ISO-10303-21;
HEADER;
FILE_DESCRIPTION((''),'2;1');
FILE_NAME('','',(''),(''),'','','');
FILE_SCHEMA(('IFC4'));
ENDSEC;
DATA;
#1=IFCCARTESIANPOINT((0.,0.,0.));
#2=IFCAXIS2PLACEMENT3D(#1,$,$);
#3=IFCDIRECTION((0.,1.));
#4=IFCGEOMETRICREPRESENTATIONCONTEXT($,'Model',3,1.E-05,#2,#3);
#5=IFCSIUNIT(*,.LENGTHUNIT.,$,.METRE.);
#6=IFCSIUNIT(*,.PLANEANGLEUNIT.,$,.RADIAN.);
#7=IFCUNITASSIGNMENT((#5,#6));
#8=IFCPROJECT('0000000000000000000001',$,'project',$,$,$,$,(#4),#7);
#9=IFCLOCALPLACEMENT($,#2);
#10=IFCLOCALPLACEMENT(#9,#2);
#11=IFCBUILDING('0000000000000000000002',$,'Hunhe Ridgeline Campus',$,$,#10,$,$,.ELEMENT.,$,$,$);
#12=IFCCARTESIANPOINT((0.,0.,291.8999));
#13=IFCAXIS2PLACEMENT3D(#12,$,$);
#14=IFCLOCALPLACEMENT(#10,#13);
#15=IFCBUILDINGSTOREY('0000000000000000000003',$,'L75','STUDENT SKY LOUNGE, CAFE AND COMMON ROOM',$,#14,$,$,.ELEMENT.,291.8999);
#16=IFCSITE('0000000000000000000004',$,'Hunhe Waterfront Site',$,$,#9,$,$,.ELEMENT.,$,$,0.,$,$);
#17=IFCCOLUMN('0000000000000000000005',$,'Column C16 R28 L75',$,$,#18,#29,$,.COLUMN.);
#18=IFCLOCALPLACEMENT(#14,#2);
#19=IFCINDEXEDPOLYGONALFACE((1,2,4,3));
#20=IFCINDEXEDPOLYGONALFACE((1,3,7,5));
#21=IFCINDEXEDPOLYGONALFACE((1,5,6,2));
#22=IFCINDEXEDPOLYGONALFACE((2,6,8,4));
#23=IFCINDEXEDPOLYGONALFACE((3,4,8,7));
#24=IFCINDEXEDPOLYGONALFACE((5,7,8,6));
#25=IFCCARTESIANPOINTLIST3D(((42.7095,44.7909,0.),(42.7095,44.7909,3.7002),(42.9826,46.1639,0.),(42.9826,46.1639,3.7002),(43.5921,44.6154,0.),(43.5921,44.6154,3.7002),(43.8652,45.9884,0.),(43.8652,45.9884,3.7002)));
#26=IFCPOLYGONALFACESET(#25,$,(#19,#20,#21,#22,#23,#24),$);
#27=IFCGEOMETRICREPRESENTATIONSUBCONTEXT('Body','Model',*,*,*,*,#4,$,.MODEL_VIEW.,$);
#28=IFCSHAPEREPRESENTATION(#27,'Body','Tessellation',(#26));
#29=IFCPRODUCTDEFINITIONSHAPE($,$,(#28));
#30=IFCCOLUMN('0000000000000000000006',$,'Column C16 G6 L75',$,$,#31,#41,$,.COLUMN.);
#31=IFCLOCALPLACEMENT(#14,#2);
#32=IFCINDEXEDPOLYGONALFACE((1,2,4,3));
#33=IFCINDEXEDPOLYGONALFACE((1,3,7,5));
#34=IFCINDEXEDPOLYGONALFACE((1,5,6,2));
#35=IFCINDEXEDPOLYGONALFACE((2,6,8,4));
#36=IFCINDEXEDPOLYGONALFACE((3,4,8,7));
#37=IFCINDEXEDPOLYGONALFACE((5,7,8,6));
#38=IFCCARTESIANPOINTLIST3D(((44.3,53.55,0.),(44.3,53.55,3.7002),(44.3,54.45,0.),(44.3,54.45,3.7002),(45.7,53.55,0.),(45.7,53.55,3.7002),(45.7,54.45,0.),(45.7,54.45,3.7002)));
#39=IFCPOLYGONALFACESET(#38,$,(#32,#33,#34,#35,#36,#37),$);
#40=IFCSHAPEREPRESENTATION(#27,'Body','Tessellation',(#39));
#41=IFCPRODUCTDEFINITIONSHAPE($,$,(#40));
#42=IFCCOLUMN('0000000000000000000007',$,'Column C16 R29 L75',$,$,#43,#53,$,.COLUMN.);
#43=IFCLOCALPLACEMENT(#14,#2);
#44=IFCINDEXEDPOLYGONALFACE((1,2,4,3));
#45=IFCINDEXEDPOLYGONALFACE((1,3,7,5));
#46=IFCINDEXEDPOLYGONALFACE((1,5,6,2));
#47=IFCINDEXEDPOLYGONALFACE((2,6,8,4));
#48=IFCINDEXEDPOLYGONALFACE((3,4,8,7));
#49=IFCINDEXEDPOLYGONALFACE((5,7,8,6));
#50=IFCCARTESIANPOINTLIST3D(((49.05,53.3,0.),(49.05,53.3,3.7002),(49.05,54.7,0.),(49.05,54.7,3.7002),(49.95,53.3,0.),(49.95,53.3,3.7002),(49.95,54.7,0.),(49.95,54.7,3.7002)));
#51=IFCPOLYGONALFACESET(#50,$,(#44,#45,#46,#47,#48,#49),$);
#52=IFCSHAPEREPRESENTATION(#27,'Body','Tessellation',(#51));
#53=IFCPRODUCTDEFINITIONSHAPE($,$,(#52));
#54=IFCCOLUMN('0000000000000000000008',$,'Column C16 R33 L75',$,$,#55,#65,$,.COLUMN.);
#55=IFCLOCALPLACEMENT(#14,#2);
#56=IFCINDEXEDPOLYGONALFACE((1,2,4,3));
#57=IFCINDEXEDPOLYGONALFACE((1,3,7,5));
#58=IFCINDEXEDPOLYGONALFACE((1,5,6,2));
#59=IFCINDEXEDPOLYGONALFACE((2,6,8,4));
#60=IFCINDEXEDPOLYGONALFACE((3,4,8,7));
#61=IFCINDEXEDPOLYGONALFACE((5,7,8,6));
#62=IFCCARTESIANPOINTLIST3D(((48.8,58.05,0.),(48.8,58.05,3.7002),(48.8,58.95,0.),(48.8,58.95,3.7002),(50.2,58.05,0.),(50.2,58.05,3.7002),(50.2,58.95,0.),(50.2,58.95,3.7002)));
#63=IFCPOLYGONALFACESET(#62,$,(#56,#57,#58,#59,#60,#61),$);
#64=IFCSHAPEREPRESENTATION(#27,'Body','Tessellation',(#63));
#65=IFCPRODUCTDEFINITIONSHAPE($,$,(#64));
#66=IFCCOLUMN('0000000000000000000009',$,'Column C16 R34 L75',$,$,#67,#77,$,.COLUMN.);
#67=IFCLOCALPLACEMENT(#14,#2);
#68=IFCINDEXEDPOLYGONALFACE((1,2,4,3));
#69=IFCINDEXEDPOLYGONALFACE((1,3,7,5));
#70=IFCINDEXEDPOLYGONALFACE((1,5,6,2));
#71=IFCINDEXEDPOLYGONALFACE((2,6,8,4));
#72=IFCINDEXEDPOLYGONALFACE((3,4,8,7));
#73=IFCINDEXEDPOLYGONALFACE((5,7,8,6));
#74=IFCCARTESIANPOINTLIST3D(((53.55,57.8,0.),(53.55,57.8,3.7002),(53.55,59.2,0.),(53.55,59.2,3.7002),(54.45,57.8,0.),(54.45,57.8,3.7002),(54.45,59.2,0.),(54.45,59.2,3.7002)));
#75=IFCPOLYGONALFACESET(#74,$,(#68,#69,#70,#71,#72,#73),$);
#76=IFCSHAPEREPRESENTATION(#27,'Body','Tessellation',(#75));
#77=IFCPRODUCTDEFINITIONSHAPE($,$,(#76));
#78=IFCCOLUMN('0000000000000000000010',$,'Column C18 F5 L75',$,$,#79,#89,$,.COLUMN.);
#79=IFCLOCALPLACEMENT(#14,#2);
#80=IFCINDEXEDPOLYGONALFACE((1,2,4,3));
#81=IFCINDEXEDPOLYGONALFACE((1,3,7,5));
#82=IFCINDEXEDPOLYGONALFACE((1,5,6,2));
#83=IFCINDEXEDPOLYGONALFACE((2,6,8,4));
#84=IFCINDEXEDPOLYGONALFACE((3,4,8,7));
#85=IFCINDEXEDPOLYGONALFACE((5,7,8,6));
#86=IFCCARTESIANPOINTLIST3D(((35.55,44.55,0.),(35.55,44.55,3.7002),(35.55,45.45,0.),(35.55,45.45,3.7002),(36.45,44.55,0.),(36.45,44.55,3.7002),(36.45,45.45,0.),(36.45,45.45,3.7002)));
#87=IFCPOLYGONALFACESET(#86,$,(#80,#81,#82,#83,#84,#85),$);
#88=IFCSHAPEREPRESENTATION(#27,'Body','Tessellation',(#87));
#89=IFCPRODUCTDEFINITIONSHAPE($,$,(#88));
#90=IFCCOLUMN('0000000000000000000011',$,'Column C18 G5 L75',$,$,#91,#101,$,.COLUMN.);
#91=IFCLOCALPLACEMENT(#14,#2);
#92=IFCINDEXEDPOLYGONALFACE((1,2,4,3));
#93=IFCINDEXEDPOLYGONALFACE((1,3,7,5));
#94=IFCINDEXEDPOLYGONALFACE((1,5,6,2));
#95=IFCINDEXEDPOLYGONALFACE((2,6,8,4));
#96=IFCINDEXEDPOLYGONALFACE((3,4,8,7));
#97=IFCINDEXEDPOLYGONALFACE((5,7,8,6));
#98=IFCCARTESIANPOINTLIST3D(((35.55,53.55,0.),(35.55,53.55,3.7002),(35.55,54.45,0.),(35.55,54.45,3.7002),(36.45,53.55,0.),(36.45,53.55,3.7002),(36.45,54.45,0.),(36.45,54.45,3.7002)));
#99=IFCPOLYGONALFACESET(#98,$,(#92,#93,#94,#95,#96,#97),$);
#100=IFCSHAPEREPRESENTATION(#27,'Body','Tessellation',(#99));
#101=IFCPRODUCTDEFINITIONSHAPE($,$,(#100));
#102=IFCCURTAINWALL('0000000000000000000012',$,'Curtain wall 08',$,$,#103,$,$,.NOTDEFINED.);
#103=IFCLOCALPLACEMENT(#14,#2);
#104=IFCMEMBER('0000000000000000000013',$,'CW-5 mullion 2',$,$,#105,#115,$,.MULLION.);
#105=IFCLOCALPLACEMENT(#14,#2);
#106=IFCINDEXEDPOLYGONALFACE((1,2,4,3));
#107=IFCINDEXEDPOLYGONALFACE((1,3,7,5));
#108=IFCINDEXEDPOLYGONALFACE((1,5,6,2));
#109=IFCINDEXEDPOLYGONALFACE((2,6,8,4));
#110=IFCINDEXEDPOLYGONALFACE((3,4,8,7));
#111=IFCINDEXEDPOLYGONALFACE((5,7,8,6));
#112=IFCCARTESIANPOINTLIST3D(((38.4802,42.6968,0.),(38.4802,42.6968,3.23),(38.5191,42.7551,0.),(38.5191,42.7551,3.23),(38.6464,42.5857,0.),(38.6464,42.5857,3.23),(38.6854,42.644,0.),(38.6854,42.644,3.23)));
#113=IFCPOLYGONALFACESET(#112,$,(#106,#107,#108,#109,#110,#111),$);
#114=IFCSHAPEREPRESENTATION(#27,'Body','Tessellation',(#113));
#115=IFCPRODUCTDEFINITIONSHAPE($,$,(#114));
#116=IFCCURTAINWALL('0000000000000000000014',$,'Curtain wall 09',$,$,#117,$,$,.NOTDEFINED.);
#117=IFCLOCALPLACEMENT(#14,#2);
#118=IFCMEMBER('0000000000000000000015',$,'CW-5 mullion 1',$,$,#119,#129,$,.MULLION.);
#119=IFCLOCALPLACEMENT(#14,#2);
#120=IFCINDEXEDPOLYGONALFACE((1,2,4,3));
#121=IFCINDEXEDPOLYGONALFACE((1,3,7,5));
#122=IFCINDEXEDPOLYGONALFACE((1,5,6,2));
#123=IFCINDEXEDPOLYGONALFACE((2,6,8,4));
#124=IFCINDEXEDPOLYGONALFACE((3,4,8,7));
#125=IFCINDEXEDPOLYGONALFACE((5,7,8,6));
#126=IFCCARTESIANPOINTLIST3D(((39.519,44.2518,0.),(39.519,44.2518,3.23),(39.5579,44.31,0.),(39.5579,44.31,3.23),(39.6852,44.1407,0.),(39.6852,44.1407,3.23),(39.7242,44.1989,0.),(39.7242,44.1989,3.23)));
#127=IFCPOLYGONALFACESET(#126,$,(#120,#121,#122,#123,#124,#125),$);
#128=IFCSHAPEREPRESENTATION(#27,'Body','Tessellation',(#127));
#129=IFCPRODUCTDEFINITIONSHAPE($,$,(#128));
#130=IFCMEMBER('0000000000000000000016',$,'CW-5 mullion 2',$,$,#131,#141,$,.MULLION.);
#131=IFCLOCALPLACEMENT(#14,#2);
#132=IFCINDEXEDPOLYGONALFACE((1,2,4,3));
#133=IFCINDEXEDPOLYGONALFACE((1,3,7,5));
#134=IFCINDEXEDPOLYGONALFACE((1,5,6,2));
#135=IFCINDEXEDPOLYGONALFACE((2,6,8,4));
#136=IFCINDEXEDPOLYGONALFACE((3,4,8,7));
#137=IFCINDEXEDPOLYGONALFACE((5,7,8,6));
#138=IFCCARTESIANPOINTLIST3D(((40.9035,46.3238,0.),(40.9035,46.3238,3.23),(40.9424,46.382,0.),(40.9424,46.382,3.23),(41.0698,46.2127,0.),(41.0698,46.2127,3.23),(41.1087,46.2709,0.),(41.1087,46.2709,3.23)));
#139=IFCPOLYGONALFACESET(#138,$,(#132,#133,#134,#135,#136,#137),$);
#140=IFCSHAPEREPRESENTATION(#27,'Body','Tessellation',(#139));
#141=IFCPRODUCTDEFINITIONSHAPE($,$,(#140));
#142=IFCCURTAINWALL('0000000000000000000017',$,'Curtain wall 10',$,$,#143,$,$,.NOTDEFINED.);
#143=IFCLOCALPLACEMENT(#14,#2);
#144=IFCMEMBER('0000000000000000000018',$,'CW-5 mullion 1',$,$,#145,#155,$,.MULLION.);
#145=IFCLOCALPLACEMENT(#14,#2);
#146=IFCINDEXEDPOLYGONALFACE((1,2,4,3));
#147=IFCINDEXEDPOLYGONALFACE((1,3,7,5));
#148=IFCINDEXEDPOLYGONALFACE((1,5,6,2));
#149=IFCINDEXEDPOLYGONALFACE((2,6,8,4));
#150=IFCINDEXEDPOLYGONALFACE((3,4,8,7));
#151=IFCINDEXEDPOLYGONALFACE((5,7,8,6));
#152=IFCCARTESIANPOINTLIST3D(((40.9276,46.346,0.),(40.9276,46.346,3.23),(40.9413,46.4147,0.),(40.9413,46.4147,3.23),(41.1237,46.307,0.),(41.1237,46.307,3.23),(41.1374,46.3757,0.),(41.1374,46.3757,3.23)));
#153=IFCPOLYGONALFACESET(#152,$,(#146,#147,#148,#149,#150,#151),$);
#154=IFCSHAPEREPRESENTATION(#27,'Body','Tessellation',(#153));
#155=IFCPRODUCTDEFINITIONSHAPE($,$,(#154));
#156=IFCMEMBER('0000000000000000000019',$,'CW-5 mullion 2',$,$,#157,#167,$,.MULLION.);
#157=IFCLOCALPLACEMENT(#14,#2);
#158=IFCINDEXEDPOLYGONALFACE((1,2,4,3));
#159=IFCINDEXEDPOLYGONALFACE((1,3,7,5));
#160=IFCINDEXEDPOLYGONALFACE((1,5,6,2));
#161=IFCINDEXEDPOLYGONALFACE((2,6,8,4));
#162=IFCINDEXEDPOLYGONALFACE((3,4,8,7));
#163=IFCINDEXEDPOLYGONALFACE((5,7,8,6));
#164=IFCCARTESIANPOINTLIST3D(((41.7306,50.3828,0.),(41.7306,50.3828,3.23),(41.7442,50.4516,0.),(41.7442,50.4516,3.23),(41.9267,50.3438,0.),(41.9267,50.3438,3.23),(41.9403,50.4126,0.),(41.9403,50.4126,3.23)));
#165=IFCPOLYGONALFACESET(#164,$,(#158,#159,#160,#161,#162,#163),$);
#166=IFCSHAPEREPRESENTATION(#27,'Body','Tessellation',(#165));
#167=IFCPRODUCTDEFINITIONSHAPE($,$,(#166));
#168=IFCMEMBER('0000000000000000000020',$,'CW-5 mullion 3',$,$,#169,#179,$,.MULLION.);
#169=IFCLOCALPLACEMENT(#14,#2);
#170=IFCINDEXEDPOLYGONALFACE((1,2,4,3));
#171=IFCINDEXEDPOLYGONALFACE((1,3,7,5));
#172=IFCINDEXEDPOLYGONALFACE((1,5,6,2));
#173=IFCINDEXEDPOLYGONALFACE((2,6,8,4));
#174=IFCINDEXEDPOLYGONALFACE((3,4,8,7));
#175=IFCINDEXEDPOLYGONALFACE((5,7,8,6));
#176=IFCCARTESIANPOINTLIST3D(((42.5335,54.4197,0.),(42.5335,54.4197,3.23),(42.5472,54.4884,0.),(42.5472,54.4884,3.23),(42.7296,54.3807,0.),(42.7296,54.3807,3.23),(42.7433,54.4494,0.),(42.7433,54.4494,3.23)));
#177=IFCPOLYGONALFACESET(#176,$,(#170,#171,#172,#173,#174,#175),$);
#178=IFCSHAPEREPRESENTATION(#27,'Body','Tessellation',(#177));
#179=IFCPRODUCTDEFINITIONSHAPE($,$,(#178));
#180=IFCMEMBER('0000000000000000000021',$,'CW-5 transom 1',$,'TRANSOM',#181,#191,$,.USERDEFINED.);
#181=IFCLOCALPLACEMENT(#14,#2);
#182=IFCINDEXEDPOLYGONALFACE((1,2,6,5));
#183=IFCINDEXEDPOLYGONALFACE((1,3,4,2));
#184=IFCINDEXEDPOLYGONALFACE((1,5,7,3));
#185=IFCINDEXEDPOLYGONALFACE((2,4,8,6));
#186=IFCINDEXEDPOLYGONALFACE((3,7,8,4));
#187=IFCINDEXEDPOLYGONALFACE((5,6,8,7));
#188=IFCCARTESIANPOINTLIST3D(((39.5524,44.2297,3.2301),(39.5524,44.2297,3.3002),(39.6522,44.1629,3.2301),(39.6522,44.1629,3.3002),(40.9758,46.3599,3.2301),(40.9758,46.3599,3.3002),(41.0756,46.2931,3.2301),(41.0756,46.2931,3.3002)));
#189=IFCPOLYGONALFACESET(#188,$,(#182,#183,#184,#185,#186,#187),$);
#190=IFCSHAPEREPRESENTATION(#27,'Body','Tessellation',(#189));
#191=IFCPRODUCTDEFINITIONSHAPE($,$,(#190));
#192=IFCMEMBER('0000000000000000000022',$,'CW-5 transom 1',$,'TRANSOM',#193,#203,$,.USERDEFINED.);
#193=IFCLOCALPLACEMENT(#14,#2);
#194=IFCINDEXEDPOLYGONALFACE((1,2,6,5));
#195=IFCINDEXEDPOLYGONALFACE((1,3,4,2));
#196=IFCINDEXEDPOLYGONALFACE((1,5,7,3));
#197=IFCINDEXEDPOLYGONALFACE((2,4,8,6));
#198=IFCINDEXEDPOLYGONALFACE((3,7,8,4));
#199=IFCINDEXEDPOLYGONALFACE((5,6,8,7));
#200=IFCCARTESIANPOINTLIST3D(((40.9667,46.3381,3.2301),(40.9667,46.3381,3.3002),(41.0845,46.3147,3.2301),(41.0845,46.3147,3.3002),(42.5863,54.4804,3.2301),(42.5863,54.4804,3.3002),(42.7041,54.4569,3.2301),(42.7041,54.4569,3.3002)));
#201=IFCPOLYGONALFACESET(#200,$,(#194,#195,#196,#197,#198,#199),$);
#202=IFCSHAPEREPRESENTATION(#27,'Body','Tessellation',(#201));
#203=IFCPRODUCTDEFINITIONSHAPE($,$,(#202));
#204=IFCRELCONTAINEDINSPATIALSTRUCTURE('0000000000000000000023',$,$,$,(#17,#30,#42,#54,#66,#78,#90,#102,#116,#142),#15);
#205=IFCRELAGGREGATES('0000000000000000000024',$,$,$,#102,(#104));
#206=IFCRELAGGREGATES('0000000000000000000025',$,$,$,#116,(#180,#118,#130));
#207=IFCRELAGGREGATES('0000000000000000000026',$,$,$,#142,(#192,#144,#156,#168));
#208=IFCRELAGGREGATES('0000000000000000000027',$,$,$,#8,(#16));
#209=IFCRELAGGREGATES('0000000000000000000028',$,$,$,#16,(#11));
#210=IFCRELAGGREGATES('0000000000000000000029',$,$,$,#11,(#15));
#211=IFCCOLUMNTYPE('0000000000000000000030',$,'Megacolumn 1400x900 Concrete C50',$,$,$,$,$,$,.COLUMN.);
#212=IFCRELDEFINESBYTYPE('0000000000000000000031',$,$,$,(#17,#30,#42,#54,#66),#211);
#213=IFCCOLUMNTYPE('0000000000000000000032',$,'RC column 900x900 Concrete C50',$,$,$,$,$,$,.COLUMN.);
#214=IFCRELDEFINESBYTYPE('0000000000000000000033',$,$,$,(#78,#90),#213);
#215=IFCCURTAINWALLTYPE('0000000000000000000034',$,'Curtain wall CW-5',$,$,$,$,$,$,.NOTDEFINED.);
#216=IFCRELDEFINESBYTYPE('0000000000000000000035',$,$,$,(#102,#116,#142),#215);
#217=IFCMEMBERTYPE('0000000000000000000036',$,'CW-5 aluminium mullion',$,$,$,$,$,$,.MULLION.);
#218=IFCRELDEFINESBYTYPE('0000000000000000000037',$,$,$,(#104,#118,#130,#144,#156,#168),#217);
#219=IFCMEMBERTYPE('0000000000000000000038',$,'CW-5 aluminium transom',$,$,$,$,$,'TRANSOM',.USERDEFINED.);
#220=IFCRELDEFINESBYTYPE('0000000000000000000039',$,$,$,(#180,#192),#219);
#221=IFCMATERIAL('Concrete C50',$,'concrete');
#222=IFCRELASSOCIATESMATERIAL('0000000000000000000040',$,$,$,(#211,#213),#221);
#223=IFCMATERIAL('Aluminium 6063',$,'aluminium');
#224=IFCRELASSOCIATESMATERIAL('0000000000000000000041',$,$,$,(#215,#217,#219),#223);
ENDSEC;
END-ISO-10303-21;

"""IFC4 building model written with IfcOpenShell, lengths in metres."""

from ifc_helpers import new_model, si_unit, direction, frame, origin, origin_2d, place, context, subcontext, project, spatial, rectangle, extrude, material, material_profile, profile_set, type_object, element, aggregate, save


model = new_model("IFC4")

# Units and contexts
model_context = context("Model", 3, precision=1e-05, world=origin(), true_north=direction((0.0, 1.0)))
body_context = subcontext(model_context, "Body", "Model", "MODEL_VIEW")
ifc_project = project(units=[si_unit("LENGTHUNIT", "METRE"), si_unit("PLANEANGLEUNIT", "RADIAN")], contexts=[model_context])

# Site, building, storey
site_placement = place(None, origin())
site = spatial("IfcSite", under=ifc_project, at=site_placement, Name="Hunhe Waterfront Site", CompositionType="ELEMENT", RefElevation=0.0)
building_placement = place(site_placement, origin())
building = spatial("IfcBuilding", under=site, at=building_placement, Name="Hunhe Ridgeline Campus", CompositionType="ELEMENT")
storey_placement = place(building_placement, frame((0.0, 0.0, 291.8999)))
storey = spatial("IfcBuildingStorey", under=building, at=storey_placement, Name="L75", Description="STUDENT SKY LOUNGE, CAFE AND COMMON ROOM", CompositionType="ELEMENT", Elevation=291.8999)

# Columns
ifc_material_1 = material(Name="Concrete C50", Category="concrete")
ifc_material_profile_1 = material_profile(ifc_material_1, rectangle(XDim=1.3999, YDim=0.8999, at=origin_2d()))
ifc_profile_set_1 = profile_set([ifc_material_profile_1], Name="Concrete C50")
column_type_1 = type_object("IfcColumnType", Name="Megacolumn 1400x900 Concrete C50", PredefinedType="COLUMN", material=ifc_profile_set_1)
for number, where, z_axis, x_axis, name in (
    (1, (43.2874, 45.3896, 0.0), (0.0, 0.0, 1.0), (0.19509, 0.980785, 0.0), "Column C16 R28 L75"),
    (2, (45.0, 54.0, 0.0), (0.0, 0.0, 1.0), (1.0, 0.0, 0.0), "Column C16 G6 L75"),
    (3, (49.5, 54.0, 0.0), (0.0, 0.0, 1.0), (0.0, 1.0, 0.0), "Column C16 R29 L75"),
    (4, (49.5, 58.5, 0.0), (0.0, 0.0, 1.0), (1.0, 0.0, 0.0), "Column C16 R33 L75"),
    (5, (54.0, 58.5, 0.0), (0.0, 0.0, 1.0), (0.0, 1.0, 0.0), "Column C16 R34 L75"),
):
    element("IfcColumn", number, at=place(storey_placement, frame(where, z_axis=z_axis, x_axis=x_axis)), inside=storey, type_object=column_type_1, Name=name, PredefinedType="COLUMN", context=body_context, shape_type="SweptSolid", body=[
        extrude(rectangle(XDim=1.3999, YDim=0.8999, at=origin_2d()), origin(), (0.0, 0.0, 1.0), 3.7002),
    ])
ifc_material_profile_2 = material_profile(ifc_material_1, rectangle(XDim=0.8999, YDim=0.8999, at=origin_2d()))
ifc_profile_set_2 = profile_set([ifc_material_profile_2], Name="Concrete C50")
column_type_2 = type_object("IfcColumnType", Name="RC column 900x900 Concrete C50", PredefinedType="COLUMN", material=ifc_profile_set_2)
for number, where, z_axis, x_axis, name in (
    (6, (36.0, 45.0, 0.0), (0.0, 0.0, 1.0), (1.0, 0.0, 0.0), "Column C18 F5 L75"),
    (7, (36.0, 54.0, 0.0), (0.0, 0.0, 1.0), (1.0, 0.0, 0.0), "Column C18 G5 L75"),
):
    element("IfcColumn", number, at=place(storey_placement, frame(where, z_axis=z_axis, x_axis=x_axis)), inside=storey, type_object=column_type_2, Name=name, PredefinedType="COLUMN", context=body_context, shape_type="SweptSolid", body=[
        extrude(rectangle(XDim=0.8999, YDim=0.8999, at=origin_2d()), origin(), (0.0, 0.0, 1.0), 3.7002),
    ])

# Curtain wall, member
ifc_material_2 = material(Name="Aluminium 6063", Category="aluminium")
curtain_wall_type = type_object("IfcCurtainWallType", Name="Curtain wall CW-5", PredefinedType="NOTDEFINED", material=ifc_material_2)
curtain_wall_1_placement = place(storey_placement, origin())
curtain_wall_1 = element("IfcCurtainWall", 8, at=curtain_wall_1_placement, inside=storey, type_object=curtain_wall_type, Name="Curtain wall 08", PredefinedType="NOTDEFINED")
ifc_material_profile_3 = material_profile(ifc_material_2, rectangle(XDim=0.2, YDim=0.0701, at=origin_2d()))
ifc_profile_set_3 = profile_set([ifc_material_profile_3], Name="Aluminium 6063")
member_type_1 = type_object("IfcMemberType", Name="CW-5 aluminium mullion", PredefinedType="MULLION", material=ifc_profile_set_3)
member_1_placement = place(storey_placement, frame((38.5828, 42.6704, 0.0), z_axis=(0.0, 0.0, 1.0), x_axis=(-0.83147, 0.55557, 0.0)))
member_1 = element("IfcMember", 9, at=member_1_placement, type_object=member_type_1, Name="CW-5 mullion 2", PredefinedType="MULLION", context=body_context, shape_type="SweptSolid", body=[
    extrude(rectangle(XDim=0.2, YDim=0.0701, at=origin_2d()), origin(), (0.0, 0.0, 1.0), 3.23),
])
aggregate(curtain_wall_1, [member_1])

# Curtain walls, members
curtain_wall_2_placement = place(storey_placement, origin())
curtain_wall_2 = element("IfcCurtainWall", 10, at=curtain_wall_2_placement, inside=storey, type_object=curtain_wall_type, Name="Curtain wall 09", PredefinedType="NOTDEFINED")
member_2_placement = place(storey_placement, frame((39.6216, 44.2253, 0.0), z_axis=(0.0, 0.0, 1.0), x_axis=(-0.83147, 0.55557, 0.0)))
member_2 = element("IfcMember", 11, at=member_2_placement, type_object=member_type_1, Name="CW-5 mullion 1", PredefinedType="MULLION", context=body_context, shape_type="SweptSolid", body=[
    extrude(rectangle(XDim=0.2, YDim=0.0701, at=origin_2d()), origin(), (0.0, 0.0, 1.0), 3.23),
])
member_3_placement = place(storey_placement, frame((41.0061, 46.2974, 0.0), z_axis=(0.0, 0.0, 1.0), x_axis=(-0.83147, 0.55557, 0.0)))
member_3 = element("IfcMember", 12, at=member_3_placement, type_object=member_type_1, Name="CW-5 mullion 2", PredefinedType="MULLION", context=body_context, shape_type="SweptSolid", body=[
    extrude(rectangle(XDim=0.2, YDim=0.0701, at=origin_2d()), origin(), (0.0, 0.0, 1.0), 3.23),
])
curtain_wall_3_placement = place(storey_placement, origin())
curtain_wall_3 = element("IfcCurtainWall", 13, at=curtain_wall_3_placement, inside=storey, type_object=curtain_wall_type, Name="Curtain wall 10", PredefinedType="NOTDEFINED")
member_4_placement = place(storey_placement, frame((41.0325, 46.3608, 0.0), z_axis=(0.0, 0.0, 1.0), x_axis=(-0.980783, 0.195104, 0.0)))
member_4 = element("IfcMember", 14, at=member_4_placement, type_object=member_type_1, Name="CW-5 mullion 1", PredefinedType="MULLION", context=body_context, shape_type="SweptSolid", body=[
    extrude(rectangle(XDim=0.2, YDim=0.0701, at=origin_2d()), origin(), (0.0, 0.0, 1.0), 3.23),
])
member_5_placement = place(storey_placement, frame((41.8354, 50.3977, 0.0), z_axis=(0.0, 0.0, 1.0), x_axis=(-0.980783, 0.195104, 0.0)))
member_5 = element("IfcMember", 15, at=member_5_placement, type_object=member_type_1, Name="CW-5 mullion 2", PredefinedType="MULLION", context=body_context, shape_type="SweptSolid", body=[
    extrude(rectangle(XDim=0.2, YDim=0.0701, at=origin_2d()), origin(), (0.0, 0.0, 1.0), 3.23),
])
member_6_placement = place(storey_placement, frame((42.6384, 54.4346, 0.0), z_axis=(0.0, 0.0, 1.0), x_axis=(-0.980783, 0.195104, 0.0)))
member_6 = element("IfcMember", 16, at=member_6_placement, type_object=member_type_1, Name="CW-5 mullion 3", PredefinedType="MULLION", context=body_context, shape_type="SweptSolid", body=[
    extrude(rectangle(XDim=0.2, YDim=0.0701, at=origin_2d()), origin(), (0.0, 0.0, 1.0), 3.23),
])

# Members
ifc_material_profile_4 = material_profile(ifc_material_2, rectangle(XDim=0.1201, YDim=0.0701, at=origin_2d()))
ifc_profile_set_4 = profile_set([ifc_material_profile_4], Name="Aluminium 6063")
member_type_2 = type_object("IfcMemberType", Name="CW-5 aluminium transom", ElementType="TRANSOM", PredefinedType="USERDEFINED", material=ifc_profile_set_4)
member_7_placement = place(storey_placement, frame((39.6023, 44.1963, 3.2651), z_axis=(0.55558, 0.831463, 0.0), x_axis=(-0.831463, 0.55558, 0.0)))
member_7 = element("IfcMember", 17, at=member_7_placement, type_object=member_type_2, Name="CW-5 transom 1", ObjectType="TRANSOM", PredefinedType="USERDEFINED", context=body_context, shape_type="SweptSolid", body=[
    extrude(rectangle(XDim=0.1201, YDim=0.0701, at=origin_2d()), origin(), (0.0, 0.0, 1.0), 2.562),
])
member_8_placement = place(storey_placement, frame((41.0256, 46.3264, 3.2651), z_axis=(0.195092, 0.980785, 0.0), x_axis=(-0.980785, 0.195092, 0.0)))
member_8 = element("IfcMember", 18, at=member_8_placement, type_object=member_type_2, Name="CW-5 transom 1", ObjectType="TRANSOM", PredefinedType="USERDEFINED", context=body_context, shape_type="SweptSolid", body=[
    extrude(rectangle(XDim=0.1201, YDim=0.0701, at=origin_2d()), origin(), (0.0, 0.0, 1.0), 8.3018),
])

aggregate(curtain_wall_2, [member_7, member_2, member_3])
aggregate(curtain_wall_3, [member_8, member_4, member_5, member_6])

save(model, "model.ifc")
